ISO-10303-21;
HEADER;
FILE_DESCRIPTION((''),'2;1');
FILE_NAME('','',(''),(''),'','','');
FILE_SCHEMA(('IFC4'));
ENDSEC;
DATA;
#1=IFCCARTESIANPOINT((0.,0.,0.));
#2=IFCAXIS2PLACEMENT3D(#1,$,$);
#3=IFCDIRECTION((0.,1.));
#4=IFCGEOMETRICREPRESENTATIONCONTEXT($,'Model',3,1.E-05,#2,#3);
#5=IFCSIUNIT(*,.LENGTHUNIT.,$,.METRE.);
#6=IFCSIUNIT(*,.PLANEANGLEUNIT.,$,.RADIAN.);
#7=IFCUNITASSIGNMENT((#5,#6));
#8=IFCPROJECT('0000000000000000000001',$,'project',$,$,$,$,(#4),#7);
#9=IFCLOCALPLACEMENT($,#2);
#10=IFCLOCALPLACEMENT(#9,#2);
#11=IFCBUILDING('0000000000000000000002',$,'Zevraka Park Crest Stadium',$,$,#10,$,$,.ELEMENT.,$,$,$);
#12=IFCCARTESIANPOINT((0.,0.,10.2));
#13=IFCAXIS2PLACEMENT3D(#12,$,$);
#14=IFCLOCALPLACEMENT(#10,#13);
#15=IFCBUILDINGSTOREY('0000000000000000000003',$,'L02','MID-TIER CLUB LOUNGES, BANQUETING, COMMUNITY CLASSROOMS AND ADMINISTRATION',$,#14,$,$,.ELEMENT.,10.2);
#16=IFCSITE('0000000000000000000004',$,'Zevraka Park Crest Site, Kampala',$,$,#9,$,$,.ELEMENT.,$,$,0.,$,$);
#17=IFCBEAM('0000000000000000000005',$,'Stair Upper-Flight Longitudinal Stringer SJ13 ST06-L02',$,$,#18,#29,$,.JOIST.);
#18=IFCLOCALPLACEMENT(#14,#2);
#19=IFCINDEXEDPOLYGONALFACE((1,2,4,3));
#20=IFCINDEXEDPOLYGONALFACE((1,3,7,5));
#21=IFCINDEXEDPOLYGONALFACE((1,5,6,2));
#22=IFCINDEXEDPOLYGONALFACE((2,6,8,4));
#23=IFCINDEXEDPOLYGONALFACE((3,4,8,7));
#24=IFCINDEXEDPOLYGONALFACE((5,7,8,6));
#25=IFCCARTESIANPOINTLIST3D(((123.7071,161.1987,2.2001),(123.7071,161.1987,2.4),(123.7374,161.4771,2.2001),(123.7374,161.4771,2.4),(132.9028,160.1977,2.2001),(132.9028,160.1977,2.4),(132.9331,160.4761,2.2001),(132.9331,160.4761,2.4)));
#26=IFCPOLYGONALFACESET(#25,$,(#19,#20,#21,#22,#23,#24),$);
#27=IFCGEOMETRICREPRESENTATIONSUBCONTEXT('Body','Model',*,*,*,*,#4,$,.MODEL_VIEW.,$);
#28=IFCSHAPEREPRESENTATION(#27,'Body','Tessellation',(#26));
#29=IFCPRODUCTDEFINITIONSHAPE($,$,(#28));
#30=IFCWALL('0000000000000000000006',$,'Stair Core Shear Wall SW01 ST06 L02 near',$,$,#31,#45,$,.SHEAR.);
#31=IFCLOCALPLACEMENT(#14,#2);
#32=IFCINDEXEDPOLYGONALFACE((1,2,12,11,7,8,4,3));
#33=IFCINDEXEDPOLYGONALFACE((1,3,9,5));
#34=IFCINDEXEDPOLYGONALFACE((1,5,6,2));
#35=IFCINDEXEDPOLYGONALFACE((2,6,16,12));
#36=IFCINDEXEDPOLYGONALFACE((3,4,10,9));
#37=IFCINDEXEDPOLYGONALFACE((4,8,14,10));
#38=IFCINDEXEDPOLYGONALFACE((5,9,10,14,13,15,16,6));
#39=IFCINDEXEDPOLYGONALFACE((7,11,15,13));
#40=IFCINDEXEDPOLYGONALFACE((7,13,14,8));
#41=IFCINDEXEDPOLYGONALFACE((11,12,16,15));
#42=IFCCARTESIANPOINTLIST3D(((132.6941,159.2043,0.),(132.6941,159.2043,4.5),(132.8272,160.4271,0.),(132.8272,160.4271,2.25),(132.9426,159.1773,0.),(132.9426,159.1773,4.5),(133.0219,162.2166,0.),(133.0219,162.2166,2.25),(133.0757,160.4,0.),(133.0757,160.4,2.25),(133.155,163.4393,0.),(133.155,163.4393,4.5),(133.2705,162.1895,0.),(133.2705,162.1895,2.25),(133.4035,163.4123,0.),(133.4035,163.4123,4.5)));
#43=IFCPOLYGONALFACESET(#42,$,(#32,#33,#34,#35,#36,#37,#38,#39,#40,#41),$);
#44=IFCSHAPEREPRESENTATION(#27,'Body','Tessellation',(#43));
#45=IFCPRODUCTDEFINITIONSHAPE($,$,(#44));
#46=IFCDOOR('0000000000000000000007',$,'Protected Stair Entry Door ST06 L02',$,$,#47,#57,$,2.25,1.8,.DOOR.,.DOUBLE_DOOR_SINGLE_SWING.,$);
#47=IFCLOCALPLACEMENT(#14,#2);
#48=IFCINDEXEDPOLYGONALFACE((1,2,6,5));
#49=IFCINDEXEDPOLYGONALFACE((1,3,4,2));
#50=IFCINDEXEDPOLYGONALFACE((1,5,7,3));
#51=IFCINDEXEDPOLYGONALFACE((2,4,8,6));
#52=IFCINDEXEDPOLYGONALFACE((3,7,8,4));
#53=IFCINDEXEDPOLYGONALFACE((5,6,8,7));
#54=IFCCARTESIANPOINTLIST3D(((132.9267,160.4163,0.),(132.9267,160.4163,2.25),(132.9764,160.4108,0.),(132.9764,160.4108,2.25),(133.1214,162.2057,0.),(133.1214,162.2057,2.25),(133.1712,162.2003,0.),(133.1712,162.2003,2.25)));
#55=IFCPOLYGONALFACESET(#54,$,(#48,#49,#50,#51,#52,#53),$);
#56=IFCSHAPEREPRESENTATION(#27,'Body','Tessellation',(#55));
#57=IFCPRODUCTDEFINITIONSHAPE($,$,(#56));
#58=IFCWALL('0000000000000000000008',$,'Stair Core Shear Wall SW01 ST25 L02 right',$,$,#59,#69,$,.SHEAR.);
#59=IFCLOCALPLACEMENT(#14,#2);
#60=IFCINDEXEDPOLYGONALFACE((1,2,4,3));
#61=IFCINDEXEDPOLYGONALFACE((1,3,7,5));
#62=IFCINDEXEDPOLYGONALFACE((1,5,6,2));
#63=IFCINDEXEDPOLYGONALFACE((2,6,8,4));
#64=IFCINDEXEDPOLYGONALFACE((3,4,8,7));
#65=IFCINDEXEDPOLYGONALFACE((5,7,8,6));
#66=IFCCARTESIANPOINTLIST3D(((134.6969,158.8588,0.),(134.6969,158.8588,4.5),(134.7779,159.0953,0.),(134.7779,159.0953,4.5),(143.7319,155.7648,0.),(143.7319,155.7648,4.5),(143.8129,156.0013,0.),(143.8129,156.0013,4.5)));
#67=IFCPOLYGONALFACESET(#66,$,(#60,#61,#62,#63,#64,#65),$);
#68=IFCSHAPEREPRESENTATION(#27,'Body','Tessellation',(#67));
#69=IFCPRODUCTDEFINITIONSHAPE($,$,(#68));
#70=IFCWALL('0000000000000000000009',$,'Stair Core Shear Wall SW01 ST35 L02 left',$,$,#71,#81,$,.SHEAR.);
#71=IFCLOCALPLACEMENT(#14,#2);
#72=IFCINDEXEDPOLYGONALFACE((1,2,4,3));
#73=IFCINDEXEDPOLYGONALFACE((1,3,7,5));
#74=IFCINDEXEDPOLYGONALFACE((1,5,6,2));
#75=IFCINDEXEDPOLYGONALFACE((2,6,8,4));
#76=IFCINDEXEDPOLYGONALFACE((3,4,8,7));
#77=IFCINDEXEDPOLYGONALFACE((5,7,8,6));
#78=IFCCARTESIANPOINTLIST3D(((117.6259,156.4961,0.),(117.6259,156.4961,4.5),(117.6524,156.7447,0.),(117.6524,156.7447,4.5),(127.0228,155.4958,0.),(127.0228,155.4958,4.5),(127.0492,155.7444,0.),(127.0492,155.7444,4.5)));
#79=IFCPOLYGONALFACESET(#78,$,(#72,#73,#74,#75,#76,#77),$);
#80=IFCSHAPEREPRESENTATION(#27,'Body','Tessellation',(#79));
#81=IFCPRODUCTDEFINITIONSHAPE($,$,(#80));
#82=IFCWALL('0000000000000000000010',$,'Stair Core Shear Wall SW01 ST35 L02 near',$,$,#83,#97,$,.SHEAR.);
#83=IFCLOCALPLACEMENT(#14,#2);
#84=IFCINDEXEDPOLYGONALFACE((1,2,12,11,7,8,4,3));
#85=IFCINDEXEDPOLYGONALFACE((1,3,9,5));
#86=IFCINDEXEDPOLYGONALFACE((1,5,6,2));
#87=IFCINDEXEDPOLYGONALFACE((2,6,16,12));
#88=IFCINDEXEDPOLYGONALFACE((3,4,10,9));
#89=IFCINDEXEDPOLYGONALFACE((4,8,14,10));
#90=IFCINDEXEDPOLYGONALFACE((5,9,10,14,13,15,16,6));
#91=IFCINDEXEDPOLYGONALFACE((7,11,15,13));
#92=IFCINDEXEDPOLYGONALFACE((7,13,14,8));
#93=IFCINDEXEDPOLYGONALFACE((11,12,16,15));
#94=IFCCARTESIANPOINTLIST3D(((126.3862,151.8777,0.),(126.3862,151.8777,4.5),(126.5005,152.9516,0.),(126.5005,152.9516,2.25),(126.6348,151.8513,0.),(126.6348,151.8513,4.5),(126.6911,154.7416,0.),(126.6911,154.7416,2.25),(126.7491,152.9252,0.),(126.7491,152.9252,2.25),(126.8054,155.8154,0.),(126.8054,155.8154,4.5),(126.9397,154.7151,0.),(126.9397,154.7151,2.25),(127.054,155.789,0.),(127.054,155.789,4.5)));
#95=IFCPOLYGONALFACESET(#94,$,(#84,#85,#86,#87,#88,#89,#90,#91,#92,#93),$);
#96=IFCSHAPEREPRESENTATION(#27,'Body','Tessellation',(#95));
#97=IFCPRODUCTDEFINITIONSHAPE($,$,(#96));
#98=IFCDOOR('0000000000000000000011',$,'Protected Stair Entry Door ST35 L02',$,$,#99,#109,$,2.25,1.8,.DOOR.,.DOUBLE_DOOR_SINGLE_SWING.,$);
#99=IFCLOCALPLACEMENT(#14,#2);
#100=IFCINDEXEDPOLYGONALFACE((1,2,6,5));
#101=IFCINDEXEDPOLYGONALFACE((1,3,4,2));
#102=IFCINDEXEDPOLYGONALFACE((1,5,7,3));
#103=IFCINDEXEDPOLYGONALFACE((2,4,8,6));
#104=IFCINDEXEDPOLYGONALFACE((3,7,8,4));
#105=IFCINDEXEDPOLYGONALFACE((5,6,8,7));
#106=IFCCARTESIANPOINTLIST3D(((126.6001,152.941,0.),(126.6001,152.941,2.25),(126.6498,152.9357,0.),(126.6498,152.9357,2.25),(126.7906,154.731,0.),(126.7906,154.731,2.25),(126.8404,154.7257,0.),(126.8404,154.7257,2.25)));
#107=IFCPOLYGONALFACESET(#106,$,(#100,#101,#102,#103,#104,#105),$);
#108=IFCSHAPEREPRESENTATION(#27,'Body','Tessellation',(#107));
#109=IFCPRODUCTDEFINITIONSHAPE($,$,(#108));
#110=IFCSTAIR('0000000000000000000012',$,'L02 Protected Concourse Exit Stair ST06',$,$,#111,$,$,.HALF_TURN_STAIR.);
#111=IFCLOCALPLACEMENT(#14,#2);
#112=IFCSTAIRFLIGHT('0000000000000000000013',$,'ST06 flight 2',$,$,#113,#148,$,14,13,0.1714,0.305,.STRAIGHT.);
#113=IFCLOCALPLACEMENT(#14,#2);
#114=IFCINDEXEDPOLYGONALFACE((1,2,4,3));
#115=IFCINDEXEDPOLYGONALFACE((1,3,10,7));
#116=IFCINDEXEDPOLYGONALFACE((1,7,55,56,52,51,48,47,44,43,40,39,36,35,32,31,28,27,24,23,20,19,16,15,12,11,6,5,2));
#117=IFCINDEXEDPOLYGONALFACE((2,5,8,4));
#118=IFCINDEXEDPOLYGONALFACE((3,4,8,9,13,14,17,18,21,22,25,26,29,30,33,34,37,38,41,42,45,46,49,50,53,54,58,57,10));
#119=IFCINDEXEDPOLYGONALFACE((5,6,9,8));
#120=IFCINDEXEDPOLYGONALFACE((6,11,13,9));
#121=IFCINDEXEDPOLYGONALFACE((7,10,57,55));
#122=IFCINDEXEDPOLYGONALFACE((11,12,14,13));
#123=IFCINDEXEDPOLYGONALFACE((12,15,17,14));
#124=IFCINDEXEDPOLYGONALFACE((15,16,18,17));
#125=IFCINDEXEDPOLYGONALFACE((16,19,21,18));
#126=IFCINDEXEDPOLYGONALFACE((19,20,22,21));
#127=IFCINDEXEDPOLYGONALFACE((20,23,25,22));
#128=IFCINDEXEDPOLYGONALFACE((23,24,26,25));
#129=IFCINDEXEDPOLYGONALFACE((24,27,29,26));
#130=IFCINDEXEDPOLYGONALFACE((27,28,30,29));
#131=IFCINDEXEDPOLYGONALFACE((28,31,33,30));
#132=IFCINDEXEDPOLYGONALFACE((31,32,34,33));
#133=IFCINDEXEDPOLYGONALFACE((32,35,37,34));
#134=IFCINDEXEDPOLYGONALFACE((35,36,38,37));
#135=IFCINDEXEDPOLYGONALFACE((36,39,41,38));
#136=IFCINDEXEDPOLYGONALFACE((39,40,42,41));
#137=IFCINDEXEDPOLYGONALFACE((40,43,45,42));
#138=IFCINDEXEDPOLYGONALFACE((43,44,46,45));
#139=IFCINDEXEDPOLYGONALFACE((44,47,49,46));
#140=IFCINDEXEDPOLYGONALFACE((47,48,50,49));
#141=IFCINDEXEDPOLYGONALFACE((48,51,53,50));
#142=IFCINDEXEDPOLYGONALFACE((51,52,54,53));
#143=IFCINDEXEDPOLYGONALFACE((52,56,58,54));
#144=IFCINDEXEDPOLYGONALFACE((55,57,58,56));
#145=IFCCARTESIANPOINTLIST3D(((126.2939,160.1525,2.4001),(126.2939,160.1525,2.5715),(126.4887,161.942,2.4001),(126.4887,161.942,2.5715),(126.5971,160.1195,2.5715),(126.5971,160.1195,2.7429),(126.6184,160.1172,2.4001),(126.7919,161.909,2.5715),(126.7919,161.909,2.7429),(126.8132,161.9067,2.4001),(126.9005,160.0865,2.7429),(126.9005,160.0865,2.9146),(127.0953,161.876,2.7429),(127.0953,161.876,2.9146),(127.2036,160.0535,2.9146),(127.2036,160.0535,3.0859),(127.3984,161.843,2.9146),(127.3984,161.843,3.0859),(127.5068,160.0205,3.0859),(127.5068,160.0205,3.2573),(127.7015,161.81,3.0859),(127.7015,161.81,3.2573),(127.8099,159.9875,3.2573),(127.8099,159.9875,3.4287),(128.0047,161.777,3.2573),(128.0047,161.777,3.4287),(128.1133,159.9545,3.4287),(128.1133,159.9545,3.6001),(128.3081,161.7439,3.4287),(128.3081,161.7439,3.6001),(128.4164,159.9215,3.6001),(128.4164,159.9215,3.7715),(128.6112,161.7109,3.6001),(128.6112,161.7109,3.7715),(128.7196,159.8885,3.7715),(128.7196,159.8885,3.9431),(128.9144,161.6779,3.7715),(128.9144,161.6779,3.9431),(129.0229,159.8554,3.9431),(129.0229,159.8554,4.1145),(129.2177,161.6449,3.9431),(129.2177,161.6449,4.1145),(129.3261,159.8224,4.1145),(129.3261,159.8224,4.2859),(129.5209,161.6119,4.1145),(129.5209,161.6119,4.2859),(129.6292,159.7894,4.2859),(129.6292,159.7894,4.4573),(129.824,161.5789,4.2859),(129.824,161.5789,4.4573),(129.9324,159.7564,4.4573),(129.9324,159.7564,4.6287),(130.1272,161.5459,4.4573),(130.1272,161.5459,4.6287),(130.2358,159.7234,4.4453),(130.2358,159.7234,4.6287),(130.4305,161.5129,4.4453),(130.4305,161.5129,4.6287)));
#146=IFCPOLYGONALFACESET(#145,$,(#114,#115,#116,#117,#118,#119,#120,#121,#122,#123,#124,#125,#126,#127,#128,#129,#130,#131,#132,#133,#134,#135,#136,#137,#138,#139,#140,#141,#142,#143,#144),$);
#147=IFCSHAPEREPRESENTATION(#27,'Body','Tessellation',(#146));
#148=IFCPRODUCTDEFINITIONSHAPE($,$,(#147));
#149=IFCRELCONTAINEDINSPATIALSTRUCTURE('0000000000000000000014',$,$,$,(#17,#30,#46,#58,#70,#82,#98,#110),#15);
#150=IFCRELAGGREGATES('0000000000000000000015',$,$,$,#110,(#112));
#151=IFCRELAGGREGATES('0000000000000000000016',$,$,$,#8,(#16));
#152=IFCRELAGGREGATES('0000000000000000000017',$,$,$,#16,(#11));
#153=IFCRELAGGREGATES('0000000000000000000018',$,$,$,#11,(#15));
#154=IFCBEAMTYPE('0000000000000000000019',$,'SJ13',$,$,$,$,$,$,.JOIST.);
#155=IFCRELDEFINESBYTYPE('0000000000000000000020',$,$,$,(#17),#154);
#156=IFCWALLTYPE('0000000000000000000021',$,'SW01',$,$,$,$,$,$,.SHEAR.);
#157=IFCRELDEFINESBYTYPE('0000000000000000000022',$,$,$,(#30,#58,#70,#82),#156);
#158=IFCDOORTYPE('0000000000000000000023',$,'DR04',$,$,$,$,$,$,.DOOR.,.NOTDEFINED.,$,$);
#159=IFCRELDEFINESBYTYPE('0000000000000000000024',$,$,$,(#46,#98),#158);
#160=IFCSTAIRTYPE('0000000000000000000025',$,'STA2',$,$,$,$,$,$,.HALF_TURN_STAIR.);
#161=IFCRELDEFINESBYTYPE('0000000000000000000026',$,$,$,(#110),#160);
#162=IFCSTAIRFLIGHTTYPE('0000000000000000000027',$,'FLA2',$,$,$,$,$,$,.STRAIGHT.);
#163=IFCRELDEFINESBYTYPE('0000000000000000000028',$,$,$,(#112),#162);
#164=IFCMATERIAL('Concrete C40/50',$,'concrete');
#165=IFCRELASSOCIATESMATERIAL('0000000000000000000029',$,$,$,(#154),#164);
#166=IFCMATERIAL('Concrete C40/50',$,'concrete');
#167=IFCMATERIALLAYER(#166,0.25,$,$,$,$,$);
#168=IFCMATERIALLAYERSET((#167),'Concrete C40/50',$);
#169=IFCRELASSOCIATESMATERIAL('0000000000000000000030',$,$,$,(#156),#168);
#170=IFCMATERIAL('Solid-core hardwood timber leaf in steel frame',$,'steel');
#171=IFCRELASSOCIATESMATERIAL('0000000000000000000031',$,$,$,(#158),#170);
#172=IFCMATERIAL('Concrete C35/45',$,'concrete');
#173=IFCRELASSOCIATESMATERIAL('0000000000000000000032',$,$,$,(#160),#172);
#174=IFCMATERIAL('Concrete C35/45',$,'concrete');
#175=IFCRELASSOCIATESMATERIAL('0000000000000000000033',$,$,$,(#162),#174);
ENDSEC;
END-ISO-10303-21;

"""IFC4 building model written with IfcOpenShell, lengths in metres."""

from ifc_helpers import new_model, si_unit, direction, frame, frame_2d, origin, origin_2d, place, context, subcontext, project, spatial, polyline, rectangle, outline, extrude, material, layer, layer_set, material_profile, profile_set, type_object, element, fill, aggregate, save


model = new_model("IFC4")

# Units and contexts
model_context = context("Model", 3, precision=1e-05, world=origin(), true_north=direction((0.0, 1.0)))
body_context = subcontext(model_context, "Body", "Model", "MODEL_VIEW")
ifc_project = project(units=[si_unit("LENGTHUNIT", "METRE"), si_unit("PLANEANGLEUNIT", "RADIAN")], contexts=[model_context])

# Site, building, storey
site_placement = place(None, origin())
site = spatial("IfcSite", under=ifc_project, at=site_placement, Name="Zevraka Park Crest Site, Kampala", CompositionType="ELEMENT", RefElevation=0.0)
building_placement = place(site_placement, origin())
building = spatial("IfcBuilding", under=site, at=building_placement, Name="Zevraka Park Crest Stadium", CompositionType="ELEMENT")
storey_placement = place(building_placement, frame((0.0, 0.0, 10.2)))
storey = spatial("IfcBuildingStorey", under=building, at=storey_placement, Name="L02", Description="MID-TIER CLUB LOUNGES, BANQUETING, COMMUNITY CLASSROOMS AND ADMINISTRATION", CompositionType="ELEMENT", Elevation=10.2)

# Beam
ifc_material_1 = material(Name="Concrete C40/50", Category="concrete")
ifc_material_profile_1 = material_profile(ifc_material_1, rectangle(XDim=0.28, YDim=0.2, at=origin_2d()), Name="RC 200x280")
ifc_profile_set_1 = profile_set([ifc_material_profile_1], Name="Concrete C40/50")
beam_type_1 = type_object("IfcBeamType", Name="SJ13", PredefinedType="JOIST", material=ifc_profile_set_1)
beam_1_placement = place(storey_placement, frame((132.918, 160.3369, 2.3), z_axis=(-0.994128, 0.108212, 0.0), x_axis=(-0.108212, -0.994128, 0.0)))
element("IfcBeam", 1, at=beam_1_placement, inside=storey, type_object=beam_type_1, Name="Stair Upper-Flight Longitudinal Stringer SJ13 ST06-L02", PredefinedType="JOIST", context=body_context, shape_type="SweptSolid", body=[
    extrude(rectangle(XDim=0.28, YDim=0.2, at=origin_2d()), origin(), (0.0, 0.0, 1.0), 9.25),
])

# Wall, opening, door
ifc_material_2 = material(Name="Concrete C40/50", Category="concrete")
ifc_layer = layer(ifc_material_2, 0.25)
ifc_layer_set = layer_set([ifc_layer], Name="Concrete C40/50")
wall_type = type_object("IfcWallType", Name="SW01", PredefinedType="SHEAR", material=ifc_layer_set)
wall_1_placement = place(storey_placement, frame((132.8184, 159.1909, 0.0), z_axis=(0.0, 0.0, 1.0), x_axis=(0.108198, 0.994129, 0.0)))
wall_1 = element("IfcWall", 2, at=wall_1_placement, inside=storey, type_object=wall_type, Name="Stair Core Shear Wall SW01 ST06 L02 near", PredefinedType="SHEAR", context=body_context, shape_type="SweptSolid", body=[
    extrude(rectangle(XDim=4.26, YDim=0.25, at=frame_2d((2.1299, 0.0))), origin(), (0.0, 0.0, 1.0), 4.5),
])
opening_1_placement = place(wall_1_placement, frame((1.23, 0.0, 0.0)))
opening_1 = element("IfcOpeningElement", 3, at=opening_1_placement, cuts=wall_1, PredefinedType="OPENING", context=body_context, shape_type="SweptSolid", body=[
    extrude(rectangle(XDim=1.8, YDim=2.25, at=frame_2d((0.8999, 1.125))), frame((0.0, 0.135, 0.0), z_axis=(0.0, -1.0, 0.0), x_axis=(1.0, 0.0, 0.0)), (0.0, 0.0, 1.0), 0.27),
])
ifc_material_3 = material(Name="Solid-core hardwood timber leaf in steel frame", Category="steel")
door_type = type_object("IfcDoorType", Name="DR04", OperationType="NOTDEFINED", PredefinedType="DOOR", material=ifc_material_3)
door_1_placement = place(opening_1_placement, origin())
door_1 = element("IfcDoor", 4, at=door_1_placement, inside=storey, type_object=door_type, Name="Protected Stair Entry Door ST06 L02", OperationType="DOUBLE_DOOR_SINGLE_SWING", OverallHeight=2.25, OverallWidth=1.8, PredefinedType="DOOR", context=body_context, shape_type="SweptSolid", body=[
    extrude(rectangle(XDim=1.8, YDim=2.25, at=frame_2d((0.8999, 1.125))), frame((0.0, 0.0249, 0.0), z_axis=(0.0, -1.0, 0.0), x_axis=(1.0, 0.0, 0.0)), (0.0, 0.0, 1.0), 0.05),
])
fill(opening_1, door_1)

# Walls
wall_2_placement = place(storey_placement, frame((134.7375, 158.9771, 0.0), z_axis=(0.0, 0.0, 1.0), x_axis=(0.946064, -0.323979, 0.0)))
element("IfcWall", 5, at=wall_2_placement, inside=storey, type_object=wall_type, Name="Stair Core Shear Wall SW01 ST25 L02 right", PredefinedType="SHEAR", context=body_context, shape_type="SweptSolid", body=[
    extrude(rectangle(XDim=9.55, YDim=0.25, at=frame_2d((4.7749, 0.0))), origin(), (0.0, 0.0, 1.0), 4.5),
])
wall_3_placement = place(storey_placement, frame((127.0361, 155.6201, 0.0), z_axis=(0.0, 0.0, 1.0), x_axis=(-0.994383, 0.105845, 0.0)))
element("IfcWall", 6, at=wall_3_placement, inside=storey, type_object=wall_type, Name="Stair Core Shear Wall SW01 ST35 L02 left", PredefinedType="SHEAR", context=body_context, shape_type="SweptSolid", body=[
    extrude(rectangle(XDim=9.45, YDim=0.25, at=frame_2d((4.7251, 0.0))), origin(), (0.0, 0.0, 1.0), 4.5),
])

# Wall, opening, door
wall_4_placement = place(storey_placement, frame((126.5105, 151.8645, 0.0), z_axis=(0.0, 0.0, 1.0), x_axis=(0.105856, 0.994381, 0.0)))
wall_4 = element("IfcWall", 7, at=wall_4_placement, inside=storey, type_object=wall_type, Name="Stair Core Shear Wall SW01 ST35 L02 near", PredefinedType="SHEAR", context=body_context, shape_type="SweptSolid", body=[
    extrude(rectangle(XDim=3.96, YDim=0.25, at=frame_2d((1.98, 0.0))), origin(), (0.0, 0.0, 1.0), 4.5),
])
opening_2_placement = place(wall_4_placement, frame((1.0801, 0.0, 0.0)))
opening_2 = element("IfcOpeningElement", 8, at=opening_2_placement, cuts=wall_4, PredefinedType="OPENING", context=body_context, shape_type="SweptSolid", body=[
    extrude(rectangle(XDim=1.8, YDim=2.25, at=frame_2d((0.8999, 1.125))), frame((0.0, 0.135, 0.0), z_axis=(0.0, -1.0, 0.0), x_axis=(1.0, 0.0, 0.0)), (0.0, 0.0, 1.0), 0.27),
])
door_2_placement = place(opening_2_placement, origin())
door_2 = element("IfcDoor", 9, at=door_2_placement, inside=storey, type_object=door_type, Name="Protected Stair Entry Door ST35 L02", OperationType="DOUBLE_DOOR_SINGLE_SWING", OverallHeight=2.25, OverallWidth=1.8, PredefinedType="DOOR", context=body_context, shape_type="SweptSolid", body=[
    extrude(rectangle(XDim=1.8, YDim=2.25, at=frame_2d((0.8999, 1.125))), frame((0.0, 0.0249, 0.0), z_axis=(0.0, -1.0, 0.0), x_axis=(1.0, 0.0, 0.0)), (0.0, 0.0, 1.0), 0.05),
])
fill(opening_2, door_2)

# Stair, stair flight
ifc_material_4 = material(Name="Concrete C35/45", Category="concrete")
stair_type = type_object("IfcStairType", Name="STA2", PredefinedType="HALF_TURN_STAIR", material=ifc_material_4)
stair_placement = place(storey_placement, origin())
stair = element("IfcStair", 10, at=stair_placement, inside=storey, type_object=stair_type, Name="L02 Protected Concourse Exit Stair ST06", PredefinedType="HALF_TURN_STAIR")
ifc_material_5 = material(Name="Concrete C35/45", Category="concrete")
stair_flight_type = type_object("IfcStairFlightType", Name="FLA2", PredefinedType="STRAIGHT", material=ifc_material_5)
stair_flight_placement = place(storey_placement, frame((126.3914, 161.0474, 2.4001), z_axis=(0.0, 0.0, 1.0), x_axis=(0.994128, -0.108215, 0.0)))
stair_flight = element("IfcStairFlight", 11, at=stair_flight_placement, type_object=stair_flight_type, Name="ST06 flight 2", NumberOfRisers=14, NumberOfTreads=13, PredefinedType="STRAIGHT", RiserHeight=0.1714, TreadLength=0.305, context=body_context, shape_type="SweptSolid", body=[
    extrude(outline(polyline([(0.0, 0.0), (0.0, 0.1714), (0.3049, 0.1714), (0.3049, 0.3428), (0.6101, 0.3428), (0.6101, 0.5144), (0.915, 0.5144), (0.915, 0.6858), (1.22, 0.6858), (1.22, 0.8572), (1.5249, 0.8572), (1.5249, 1.0286), (1.8301, 1.0286), (1.8301, 1.2), (2.135, 1.2), (2.135, 1.3713), (2.4399, 1.3713), (2.4399, 1.543), (2.7451, 1.543), (2.7451, 1.7144), (3.05, 1.7144), (3.05, 1.8857), (3.355, 1.8857), (3.355, 2.0571), (3.6599, 2.0571), (3.6599, 2.2285), (3.9651, 2.2285), (3.9651, 2.3999), (3.9651, 2.0452), (0.3264, 0.0), (0.0, 0.0)])), frame((0.0, 0.8999, 0.0), z_axis=(0.0, -1.0, 0.0), x_axis=(1.0, 0.0, 0.0)), (0.0, 0.0, 1.0), 1.8),
])
aggregate(stair, [stair_flight])

save(model, "model.ifc")
